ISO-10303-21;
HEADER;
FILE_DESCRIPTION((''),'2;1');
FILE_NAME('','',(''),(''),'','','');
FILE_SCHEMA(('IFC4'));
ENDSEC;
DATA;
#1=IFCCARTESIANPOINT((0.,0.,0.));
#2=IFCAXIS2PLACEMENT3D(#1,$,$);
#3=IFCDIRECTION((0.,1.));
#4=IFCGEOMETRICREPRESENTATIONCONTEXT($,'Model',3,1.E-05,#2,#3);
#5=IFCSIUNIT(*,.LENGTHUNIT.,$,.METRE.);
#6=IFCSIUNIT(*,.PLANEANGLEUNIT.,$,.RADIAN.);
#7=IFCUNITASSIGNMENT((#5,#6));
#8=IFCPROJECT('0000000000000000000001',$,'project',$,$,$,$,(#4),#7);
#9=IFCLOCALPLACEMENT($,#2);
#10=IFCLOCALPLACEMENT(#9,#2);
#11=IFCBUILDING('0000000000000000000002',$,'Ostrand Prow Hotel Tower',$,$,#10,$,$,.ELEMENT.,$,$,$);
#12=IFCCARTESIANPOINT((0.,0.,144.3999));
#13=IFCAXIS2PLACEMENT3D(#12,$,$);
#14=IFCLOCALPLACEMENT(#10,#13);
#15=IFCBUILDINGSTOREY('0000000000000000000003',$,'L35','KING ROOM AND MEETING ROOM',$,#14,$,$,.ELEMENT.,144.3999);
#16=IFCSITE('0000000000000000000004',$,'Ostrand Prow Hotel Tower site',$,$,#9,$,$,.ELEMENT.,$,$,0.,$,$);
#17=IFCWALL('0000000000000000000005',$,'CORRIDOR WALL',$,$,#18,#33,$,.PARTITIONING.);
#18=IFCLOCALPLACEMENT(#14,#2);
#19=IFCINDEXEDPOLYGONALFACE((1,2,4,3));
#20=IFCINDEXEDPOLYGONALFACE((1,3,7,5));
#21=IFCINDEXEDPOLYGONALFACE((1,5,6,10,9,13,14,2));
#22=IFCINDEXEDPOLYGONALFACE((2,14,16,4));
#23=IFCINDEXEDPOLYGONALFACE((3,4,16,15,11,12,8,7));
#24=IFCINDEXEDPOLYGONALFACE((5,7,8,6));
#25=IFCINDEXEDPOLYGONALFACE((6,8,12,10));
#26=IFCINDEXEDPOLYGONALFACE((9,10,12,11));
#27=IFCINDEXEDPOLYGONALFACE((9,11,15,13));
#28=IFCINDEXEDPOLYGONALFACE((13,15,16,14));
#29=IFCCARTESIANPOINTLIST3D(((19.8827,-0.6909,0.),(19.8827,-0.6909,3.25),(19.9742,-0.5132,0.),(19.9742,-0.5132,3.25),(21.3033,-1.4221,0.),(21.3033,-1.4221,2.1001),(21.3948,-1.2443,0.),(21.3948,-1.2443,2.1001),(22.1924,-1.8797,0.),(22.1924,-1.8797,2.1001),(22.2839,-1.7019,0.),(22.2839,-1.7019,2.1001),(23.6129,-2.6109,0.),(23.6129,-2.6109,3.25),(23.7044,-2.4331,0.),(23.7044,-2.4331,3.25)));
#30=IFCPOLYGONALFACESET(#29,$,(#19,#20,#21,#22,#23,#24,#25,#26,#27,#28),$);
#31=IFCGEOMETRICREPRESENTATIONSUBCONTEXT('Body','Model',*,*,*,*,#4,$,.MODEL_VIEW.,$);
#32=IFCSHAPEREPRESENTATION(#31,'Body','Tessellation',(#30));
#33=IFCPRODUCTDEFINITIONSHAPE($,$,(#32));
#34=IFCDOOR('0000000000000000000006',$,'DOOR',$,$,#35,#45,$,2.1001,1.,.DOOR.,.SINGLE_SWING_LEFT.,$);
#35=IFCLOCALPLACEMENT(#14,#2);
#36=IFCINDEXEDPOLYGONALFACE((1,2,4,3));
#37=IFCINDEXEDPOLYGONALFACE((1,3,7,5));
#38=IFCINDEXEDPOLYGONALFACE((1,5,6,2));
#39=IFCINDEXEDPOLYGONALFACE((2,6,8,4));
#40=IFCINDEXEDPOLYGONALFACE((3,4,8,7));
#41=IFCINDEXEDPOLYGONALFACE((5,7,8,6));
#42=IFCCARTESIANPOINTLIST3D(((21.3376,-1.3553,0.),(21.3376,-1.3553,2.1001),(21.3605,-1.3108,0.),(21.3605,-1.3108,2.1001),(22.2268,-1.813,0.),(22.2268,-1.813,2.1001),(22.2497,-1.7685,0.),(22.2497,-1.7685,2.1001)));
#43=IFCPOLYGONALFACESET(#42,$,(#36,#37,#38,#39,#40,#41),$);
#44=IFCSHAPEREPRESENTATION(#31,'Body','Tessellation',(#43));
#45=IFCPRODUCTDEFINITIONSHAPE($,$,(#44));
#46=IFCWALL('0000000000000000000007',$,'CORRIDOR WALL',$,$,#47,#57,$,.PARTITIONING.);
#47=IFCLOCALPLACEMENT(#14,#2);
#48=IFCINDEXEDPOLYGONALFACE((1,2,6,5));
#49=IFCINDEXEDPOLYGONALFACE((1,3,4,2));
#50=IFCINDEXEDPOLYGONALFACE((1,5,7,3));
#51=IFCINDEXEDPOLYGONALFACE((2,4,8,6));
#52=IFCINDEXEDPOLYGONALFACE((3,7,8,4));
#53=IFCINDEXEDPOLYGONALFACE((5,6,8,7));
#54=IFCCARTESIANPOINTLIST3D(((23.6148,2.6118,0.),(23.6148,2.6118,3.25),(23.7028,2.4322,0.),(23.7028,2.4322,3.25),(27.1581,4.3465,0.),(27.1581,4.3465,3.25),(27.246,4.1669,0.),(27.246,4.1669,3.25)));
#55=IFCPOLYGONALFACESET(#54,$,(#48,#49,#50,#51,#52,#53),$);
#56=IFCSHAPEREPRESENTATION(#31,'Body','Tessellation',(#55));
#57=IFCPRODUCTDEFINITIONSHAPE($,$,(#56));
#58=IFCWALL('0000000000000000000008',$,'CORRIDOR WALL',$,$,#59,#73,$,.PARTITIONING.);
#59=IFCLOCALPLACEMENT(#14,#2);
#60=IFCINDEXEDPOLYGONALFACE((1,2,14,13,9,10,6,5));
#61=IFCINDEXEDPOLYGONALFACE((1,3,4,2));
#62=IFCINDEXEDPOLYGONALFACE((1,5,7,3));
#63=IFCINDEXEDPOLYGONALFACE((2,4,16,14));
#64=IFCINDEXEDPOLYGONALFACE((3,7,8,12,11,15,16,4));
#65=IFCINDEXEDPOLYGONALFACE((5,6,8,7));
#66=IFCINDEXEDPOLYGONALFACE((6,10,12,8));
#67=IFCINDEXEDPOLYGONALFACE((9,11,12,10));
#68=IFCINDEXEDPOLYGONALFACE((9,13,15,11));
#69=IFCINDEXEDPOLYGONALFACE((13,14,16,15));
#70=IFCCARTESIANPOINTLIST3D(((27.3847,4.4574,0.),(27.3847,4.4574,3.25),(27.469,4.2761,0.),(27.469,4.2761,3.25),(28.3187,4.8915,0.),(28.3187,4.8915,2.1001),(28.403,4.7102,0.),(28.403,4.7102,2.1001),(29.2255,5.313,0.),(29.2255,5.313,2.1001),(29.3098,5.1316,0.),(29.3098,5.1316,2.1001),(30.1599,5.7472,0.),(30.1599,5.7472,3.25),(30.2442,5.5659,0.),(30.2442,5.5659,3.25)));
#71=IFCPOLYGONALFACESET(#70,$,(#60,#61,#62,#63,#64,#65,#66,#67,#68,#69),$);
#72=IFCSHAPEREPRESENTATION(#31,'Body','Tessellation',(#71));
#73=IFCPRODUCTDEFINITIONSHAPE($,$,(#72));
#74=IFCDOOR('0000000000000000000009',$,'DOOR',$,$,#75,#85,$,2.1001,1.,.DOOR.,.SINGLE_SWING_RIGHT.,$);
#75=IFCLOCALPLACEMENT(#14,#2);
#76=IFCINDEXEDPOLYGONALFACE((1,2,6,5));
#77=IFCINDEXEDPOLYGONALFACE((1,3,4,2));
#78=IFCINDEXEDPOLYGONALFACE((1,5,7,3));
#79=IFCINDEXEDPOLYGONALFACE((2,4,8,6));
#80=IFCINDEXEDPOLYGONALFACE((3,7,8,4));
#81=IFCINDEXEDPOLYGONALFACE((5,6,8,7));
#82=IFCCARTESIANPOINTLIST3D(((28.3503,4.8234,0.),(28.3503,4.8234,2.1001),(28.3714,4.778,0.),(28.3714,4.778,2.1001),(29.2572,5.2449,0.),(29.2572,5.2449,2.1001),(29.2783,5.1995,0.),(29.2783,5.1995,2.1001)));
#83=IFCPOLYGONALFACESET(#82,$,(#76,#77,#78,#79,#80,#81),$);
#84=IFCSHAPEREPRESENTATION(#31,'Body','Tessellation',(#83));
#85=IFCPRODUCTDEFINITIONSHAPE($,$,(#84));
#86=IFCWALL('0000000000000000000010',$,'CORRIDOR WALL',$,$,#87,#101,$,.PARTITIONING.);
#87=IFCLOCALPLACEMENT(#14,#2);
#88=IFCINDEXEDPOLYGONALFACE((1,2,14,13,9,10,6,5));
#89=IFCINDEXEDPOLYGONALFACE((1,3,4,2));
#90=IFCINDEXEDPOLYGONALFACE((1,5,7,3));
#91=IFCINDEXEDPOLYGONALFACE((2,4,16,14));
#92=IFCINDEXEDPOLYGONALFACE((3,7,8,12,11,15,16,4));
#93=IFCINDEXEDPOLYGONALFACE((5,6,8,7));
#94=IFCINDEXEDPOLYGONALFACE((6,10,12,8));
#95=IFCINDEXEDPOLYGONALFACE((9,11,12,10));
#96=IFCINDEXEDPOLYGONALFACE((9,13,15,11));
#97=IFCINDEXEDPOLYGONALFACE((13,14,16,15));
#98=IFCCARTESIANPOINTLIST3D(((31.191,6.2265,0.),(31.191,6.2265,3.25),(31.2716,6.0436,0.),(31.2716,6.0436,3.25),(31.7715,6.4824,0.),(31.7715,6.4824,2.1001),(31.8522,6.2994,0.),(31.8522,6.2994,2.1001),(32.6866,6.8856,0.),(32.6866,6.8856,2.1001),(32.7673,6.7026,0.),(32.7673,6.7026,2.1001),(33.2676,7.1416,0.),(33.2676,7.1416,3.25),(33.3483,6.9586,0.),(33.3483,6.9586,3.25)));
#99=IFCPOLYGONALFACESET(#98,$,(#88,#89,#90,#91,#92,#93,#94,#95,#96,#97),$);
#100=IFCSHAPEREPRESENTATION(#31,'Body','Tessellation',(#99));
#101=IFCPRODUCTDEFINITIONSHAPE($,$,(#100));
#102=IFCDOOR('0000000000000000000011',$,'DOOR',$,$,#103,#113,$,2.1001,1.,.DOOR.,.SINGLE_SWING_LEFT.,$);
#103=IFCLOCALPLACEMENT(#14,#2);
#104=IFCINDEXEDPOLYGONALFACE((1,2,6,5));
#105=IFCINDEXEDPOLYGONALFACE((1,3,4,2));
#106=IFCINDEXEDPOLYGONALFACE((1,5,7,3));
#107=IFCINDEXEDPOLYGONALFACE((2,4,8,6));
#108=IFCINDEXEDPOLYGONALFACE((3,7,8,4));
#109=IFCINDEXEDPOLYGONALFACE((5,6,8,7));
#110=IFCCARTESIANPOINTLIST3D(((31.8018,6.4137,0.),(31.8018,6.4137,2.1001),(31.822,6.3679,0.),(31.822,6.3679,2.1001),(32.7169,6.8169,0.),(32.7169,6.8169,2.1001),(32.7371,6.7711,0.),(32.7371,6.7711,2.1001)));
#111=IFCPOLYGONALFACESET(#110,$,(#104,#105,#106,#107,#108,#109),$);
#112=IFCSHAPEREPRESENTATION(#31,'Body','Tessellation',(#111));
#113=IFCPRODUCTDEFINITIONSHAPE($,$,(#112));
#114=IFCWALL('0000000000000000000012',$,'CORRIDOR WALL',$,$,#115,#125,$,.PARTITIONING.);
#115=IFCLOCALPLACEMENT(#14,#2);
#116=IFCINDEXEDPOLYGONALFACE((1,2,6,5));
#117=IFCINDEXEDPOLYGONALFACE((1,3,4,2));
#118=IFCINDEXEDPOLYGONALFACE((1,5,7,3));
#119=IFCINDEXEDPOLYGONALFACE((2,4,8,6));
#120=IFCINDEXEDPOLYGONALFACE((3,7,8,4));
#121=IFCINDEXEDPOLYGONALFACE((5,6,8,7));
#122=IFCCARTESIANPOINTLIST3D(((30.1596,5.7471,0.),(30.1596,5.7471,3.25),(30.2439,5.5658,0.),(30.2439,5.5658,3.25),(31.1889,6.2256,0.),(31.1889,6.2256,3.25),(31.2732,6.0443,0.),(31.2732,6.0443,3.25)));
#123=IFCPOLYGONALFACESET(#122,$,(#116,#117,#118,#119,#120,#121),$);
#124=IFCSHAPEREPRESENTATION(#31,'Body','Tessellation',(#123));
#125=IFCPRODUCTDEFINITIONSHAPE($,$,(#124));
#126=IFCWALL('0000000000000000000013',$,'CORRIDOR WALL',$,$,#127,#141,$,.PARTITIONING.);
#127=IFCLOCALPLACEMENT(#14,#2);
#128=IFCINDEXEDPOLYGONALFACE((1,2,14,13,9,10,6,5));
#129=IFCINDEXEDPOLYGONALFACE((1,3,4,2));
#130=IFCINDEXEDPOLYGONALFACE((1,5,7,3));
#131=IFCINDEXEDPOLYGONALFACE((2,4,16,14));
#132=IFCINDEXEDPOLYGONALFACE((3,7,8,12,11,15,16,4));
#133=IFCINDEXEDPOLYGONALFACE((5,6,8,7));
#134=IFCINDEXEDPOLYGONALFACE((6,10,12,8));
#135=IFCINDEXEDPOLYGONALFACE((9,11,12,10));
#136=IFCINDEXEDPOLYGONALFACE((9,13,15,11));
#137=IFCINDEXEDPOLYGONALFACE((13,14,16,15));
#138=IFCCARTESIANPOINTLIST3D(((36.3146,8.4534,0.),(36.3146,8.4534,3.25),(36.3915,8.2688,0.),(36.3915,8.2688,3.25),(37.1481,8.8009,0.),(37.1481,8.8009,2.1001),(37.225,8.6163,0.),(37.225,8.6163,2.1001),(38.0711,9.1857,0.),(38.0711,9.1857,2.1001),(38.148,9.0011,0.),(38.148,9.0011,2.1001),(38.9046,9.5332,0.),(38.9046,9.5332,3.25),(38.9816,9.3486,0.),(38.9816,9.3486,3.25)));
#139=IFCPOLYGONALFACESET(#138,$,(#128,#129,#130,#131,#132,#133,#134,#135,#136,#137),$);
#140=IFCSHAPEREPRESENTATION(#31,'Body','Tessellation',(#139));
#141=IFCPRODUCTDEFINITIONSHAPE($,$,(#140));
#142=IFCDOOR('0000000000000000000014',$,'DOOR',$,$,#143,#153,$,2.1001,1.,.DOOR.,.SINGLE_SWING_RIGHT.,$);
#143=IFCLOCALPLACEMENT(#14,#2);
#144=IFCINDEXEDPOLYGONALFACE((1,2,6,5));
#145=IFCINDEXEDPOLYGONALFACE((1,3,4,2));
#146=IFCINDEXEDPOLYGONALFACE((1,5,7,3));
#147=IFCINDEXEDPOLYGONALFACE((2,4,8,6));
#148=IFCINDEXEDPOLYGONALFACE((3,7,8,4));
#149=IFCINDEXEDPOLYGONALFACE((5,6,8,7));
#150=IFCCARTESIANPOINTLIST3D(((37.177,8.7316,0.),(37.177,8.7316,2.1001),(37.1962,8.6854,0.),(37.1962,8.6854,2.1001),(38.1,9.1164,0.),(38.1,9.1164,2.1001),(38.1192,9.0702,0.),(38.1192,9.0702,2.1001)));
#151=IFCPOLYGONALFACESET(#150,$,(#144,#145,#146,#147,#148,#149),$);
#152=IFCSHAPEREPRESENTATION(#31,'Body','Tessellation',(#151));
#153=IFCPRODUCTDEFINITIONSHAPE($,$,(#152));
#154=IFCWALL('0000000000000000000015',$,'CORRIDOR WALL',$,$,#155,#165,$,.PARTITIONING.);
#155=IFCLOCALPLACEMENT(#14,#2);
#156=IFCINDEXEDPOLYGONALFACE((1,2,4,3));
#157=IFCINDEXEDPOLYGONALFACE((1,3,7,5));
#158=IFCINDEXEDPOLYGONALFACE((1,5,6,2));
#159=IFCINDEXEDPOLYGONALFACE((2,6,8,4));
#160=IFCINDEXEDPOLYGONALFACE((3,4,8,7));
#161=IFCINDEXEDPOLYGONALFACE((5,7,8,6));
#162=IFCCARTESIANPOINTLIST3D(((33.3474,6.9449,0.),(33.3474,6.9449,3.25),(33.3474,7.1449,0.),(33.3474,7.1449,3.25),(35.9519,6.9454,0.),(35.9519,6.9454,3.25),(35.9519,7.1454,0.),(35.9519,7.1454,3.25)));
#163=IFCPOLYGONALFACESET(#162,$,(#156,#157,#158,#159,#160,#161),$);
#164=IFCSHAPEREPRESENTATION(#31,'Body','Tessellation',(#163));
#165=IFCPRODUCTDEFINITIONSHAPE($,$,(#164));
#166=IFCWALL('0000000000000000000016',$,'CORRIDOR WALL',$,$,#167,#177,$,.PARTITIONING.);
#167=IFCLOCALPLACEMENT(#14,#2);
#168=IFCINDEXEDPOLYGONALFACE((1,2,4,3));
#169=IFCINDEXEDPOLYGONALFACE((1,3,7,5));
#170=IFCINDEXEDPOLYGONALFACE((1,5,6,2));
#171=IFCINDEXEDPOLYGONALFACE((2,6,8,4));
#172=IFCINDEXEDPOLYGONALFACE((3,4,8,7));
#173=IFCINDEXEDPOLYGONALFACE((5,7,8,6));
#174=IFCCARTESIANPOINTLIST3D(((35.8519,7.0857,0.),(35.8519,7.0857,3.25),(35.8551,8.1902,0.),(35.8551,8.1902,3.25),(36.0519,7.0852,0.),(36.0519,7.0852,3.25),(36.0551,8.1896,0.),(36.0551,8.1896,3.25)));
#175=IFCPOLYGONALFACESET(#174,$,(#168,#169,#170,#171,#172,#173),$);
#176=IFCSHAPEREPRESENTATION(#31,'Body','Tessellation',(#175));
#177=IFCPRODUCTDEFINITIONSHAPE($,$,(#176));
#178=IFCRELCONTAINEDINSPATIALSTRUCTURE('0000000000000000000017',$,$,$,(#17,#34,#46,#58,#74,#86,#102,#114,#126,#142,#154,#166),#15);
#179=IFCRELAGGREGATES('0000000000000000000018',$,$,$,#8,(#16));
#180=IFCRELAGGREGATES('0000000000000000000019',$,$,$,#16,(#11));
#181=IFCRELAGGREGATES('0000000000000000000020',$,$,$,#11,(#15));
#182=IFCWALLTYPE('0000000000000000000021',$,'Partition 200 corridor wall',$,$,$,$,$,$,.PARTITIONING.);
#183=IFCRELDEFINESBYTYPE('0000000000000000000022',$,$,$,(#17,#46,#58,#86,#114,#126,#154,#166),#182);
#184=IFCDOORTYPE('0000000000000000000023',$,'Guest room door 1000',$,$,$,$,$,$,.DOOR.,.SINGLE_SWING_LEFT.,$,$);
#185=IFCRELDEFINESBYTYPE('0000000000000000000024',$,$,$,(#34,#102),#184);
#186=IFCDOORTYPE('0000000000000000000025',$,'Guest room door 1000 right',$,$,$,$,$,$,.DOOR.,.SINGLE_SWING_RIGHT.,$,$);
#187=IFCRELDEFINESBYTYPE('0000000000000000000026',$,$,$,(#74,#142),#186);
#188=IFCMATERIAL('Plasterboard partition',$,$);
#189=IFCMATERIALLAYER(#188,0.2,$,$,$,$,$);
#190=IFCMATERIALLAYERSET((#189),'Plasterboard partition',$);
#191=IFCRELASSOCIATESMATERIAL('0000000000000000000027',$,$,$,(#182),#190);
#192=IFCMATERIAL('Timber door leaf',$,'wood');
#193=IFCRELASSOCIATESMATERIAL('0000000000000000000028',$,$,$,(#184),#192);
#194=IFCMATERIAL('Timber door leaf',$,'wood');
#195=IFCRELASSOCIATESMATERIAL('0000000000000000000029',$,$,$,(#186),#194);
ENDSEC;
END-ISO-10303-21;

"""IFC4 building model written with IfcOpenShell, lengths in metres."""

from ifc_helpers import new_model, si_unit, direction, frame, frame_2d, origin, place, context, subcontext, project, spatial, rectangle, extrude, material, layer, layer_set, type_object, element, fill, save


model = new_model("IFC4")

# Units and contexts
model_context = context("Model", 3, precision=1e-05, world=origin(), true_north=direction((0.0, 1.0)))
body_context = subcontext(model_context, "Body", "Model", "MODEL_VIEW")
ifc_project = project(units=[si_unit("LENGTHUNIT", "METRE"), si_unit("PLANEANGLEUNIT", "RADIAN")], contexts=[model_context])

# Site, building, storey
site_placement = place(None, origin())
site = spatial("IfcSite", under=ifc_project, at=site_placement, Name="Ostrand Prow Hotel Tower site", CompositionType="ELEMENT", RefElevation=0.0)
building_placement = place(site_placement, origin())
building = spatial("IfcBuilding", under=site, at=building_placement, Name="Ostrand Prow Hotel Tower", CompositionType="ELEMENT")
storey_placement = place(building_placement, frame((0.0, 0.0, 144.3999)))
storey = spatial("IfcBuildingStorey", under=building, at=storey_placement, Name="L35", Description="KING ROOM AND MEETING ROOM", CompositionType="ELEMENT", Elevation=144.3999)

# Wall, opening, door
ifc_material_1 = material(Name="Plasterboard partition")
ifc_layer_1 = layer(ifc_material_1, 0.2)
ifc_layer_set_1 = layer_set([ifc_layer_1], Name="Plasterboard partition")
wall_type_1 = type_object("IfcWallType", Name="Partition 200 corridor wall", PredefinedType="PARTITIONING", material=ifc_layer_set_1)
ifc_material_2 = material(Name="Timber door leaf", Category="wood")
door_type_1 = type_object("IfcDoorType", Name="Guest room door 1000", OperationType="SINGLE_SWING_LEFT", PredefinedType="DOOR", material=ifc_material_2)
wall_1_placement = place(storey_placement, frame((23.6587, -2.522, 0.0), z_axis=(0.0, 0.0, 1.0), x_axis=(-0.88914, 0.457635, 0.0)))
wall_1 = element("IfcWall", 1, at=wall_1_placement, inside=storey, type_object=wall_type_1, Name="CORRIDOR WALL", PredefinedType="PARTITIONING", context=body_context, shape_type="SweptSolid", body=[
    extrude(rectangle(XDim=4.1953, YDim=0.2, at=frame_2d((2.0977, 0.0))), origin(), (0.0, 0.0, 1.0), 3.25),
])
opening_1_placement = place(wall_1_placement, frame((1.5977, 0.0, 0.0)))
opening_1 = element("IfcOpeningElement", 2, at=opening_1_placement, cuts=wall_1, PredefinedType="OPENING", context=body_context, shape_type="SweptSolid", body=[
    extrude(rectangle(XDim=1.0, YDim=2.1001, at=frame_2d((0.5, 1.05))), frame((0.0, 0.1099, 0.0), z_axis=(0.0, -1.0, 0.0), x_axis=(1.0, 0.0, 0.0)), (0.0, 0.0, 1.0), 0.22),
])
door_1_placement = place(opening_1_placement, origin())
door_1 = element("IfcDoor", 3, at=door_1_placement, inside=storey, type_object=door_type_1, Name="DOOR", OperationType="SINGLE_SWING_LEFT", OverallHeight=2.1001, OverallWidth=1.0, PredefinedType="DOOR", context=body_context, shape_type="SweptSolid", body=[
    extrude(rectangle(XDim=1.0, YDim=2.1001, at=frame_2d((0.5, 1.05))), frame((0.0, 0.0249, 0.0), z_axis=(0.0, -1.0, 0.0), x_axis=(1.0, 0.0, 0.0)), (0.0, 0.0, 1.0), 0.05),
])
fill(opening_1, door_1)

# Wall
wall_2_placement = place(storey_placement, frame((23.6587, 2.522, 0.0), z_axis=(0.0, 0.0, 1.0), x_axis=(0.898146, 0.439697, 0.0)))
element("IfcWall", 4, at=wall_2_placement, inside=storey, type_object=wall_type_1, Name="CORRIDOR WALL", PredefinedType="PARTITIONING", context=body_context, shape_type="SweptSolid", body=[
    extrude(rectangle(XDim=3.9451, YDim=0.2, at=frame_2d((1.9727, 0.0))), origin(), (0.0, 0.0, 1.0), 3.25),
])

# Walls, openings, doors
wall_3_placement = place(storey_placement, frame((27.4268, 4.3667, 0.0), z_axis=(0.0, 0.0, 1.0), x_axis=(0.906842, 0.42147, 0.0)))
wall_3 = element("IfcWall", 5, at=wall_3_placement, inside=storey, type_object=wall_type_1, Name="CORRIDOR WALL", PredefinedType="PARTITIONING", context=body_context, shape_type="SweptSolid", body=[
    extrude(rectangle(XDim=3.0603, YDim=0.2, at=frame_2d((1.5303, 0.0))), origin(), (0.0, 0.0, 1.0), 3.25),
])
opening_2_placement = place(wall_3_placement, frame((1.03, 0.0, 0.0)))
opening_2 = element("IfcOpeningElement", 6, at=opening_2_placement, cuts=wall_3, PredefinedType="OPENING", context=body_context, shape_type="SweptSolid", body=[
    extrude(rectangle(XDim=1.0, YDim=2.1001, at=frame_2d((0.5, 1.05))), frame((0.0, 0.1099, 0.0), z_axis=(0.0, -1.0, 0.0), x_axis=(1.0, 0.0, 0.0)), (0.0, 0.0, 1.0), 0.22),
])
ifc_material_3 = material(Name="Timber door leaf", Category="wood")
door_type_2 = type_object("IfcDoorType", Name="Guest room door 1000 right", OperationType="SINGLE_SWING_RIGHT", PredefinedType="DOOR", material=ifc_material_3)
door_2_placement = place(opening_2_placement, origin())
door_2 = element("IfcDoor", 7, at=door_2_placement, inside=storey, type_object=door_type_2, Name="DOOR", OperationType="SINGLE_SWING_RIGHT", OverallHeight=2.1001, OverallWidth=1.0, PredefinedType="DOOR", context=body_context, shape_type="SweptSolid", body=[
    extrude(rectangle(XDim=1.0, YDim=2.1001, at=frame_2d((0.5, 1.05))), frame((0.0, 0.0249, 0.0), z_axis=(0.0, -1.0, 0.0), x_axis=(1.0, 0.0, 0.0)), (0.0, 0.0, 1.0), 0.05),
])
fill(opening_2, door_2)
wall_4_placement = place(storey_placement, frame((31.2312, 6.135, 0.0), z_axis=(0.0, 0.0, 1.0), x_axis=(0.915102, 0.403222, 0.0)))
wall_4 = element("IfcWall", 8, at=wall_4_placement, inside=storey, type_object=wall_type_1, Name="CORRIDOR WALL", PredefinedType="PARTITIONING", context=body_context, shape_type="SweptSolid", body=[
    extrude(rectangle(XDim=2.2693, YDim=0.2, at=frame_2d((1.1348, 0.0))), origin(), (0.0, 0.0, 1.0), 3.25),
])
opening_3_placement = place(wall_4_placement, frame((0.6345, 0.0, 0.0)))
opening_3 = element("IfcOpeningElement", 9, at=opening_3_placement, cuts=wall_4, PredefinedType="OPENING", context=body_context, shape_type="SweptSolid", body=[
    extrude(rectangle(XDim=1.0, YDim=2.1001, at=frame_2d((0.5, 1.05))), frame((0.0, 0.1099, 0.0), z_axis=(0.0, -1.0, 0.0), x_axis=(1.0, 0.0, 0.0)), (0.0, 0.0, 1.0), 0.22),
])
door_3_placement = place(opening_3_placement, origin())
door_3 = element("IfcDoor", 10, at=door_3_placement, inside=storey, type_object=door_type_1, Name="DOOR", OperationType="SINGLE_SWING_LEFT", OverallHeight=2.1001, OverallWidth=1.0, PredefinedType="DOOR", context=body_context, shape_type="SweptSolid", body=[
    extrude(rectangle(XDim=1.0, YDim=2.1001, at=frame_2d((0.5, 1.05))), frame((0.0, 0.0249, 0.0), z_axis=(0.0, -1.0, 0.0), x_axis=(1.0, 0.0, 0.0)), (0.0, 0.0, 1.0), 0.05),
])
fill(opening_3, door_3)

# Wall
wall_5_placement = place(storey_placement, frame((30.2019, 5.6565, 0.0), z_axis=(0.0, 0.0, 1.0), x_axis=(0.906798, 0.421566, 0.0)))
element("IfcWall", 11, at=wall_5_placement, inside=storey, type_object=wall_type_1, Name="CORRIDOR WALL", PredefinedType="PARTITIONING", context=body_context, shape_type="SweptSolid", body=[
    extrude(rectangle(XDim=1.135, YDim=0.2, at=frame_2d((0.5674, 0.0))), origin(), (0.0, 0.0, 1.0), 3.25),
])

# Wall, opening, door
wall_6_placement = place(storey_placement, frame((36.353, 8.3611, 0.0), z_axis=(0.0, 0.0, 1.0), x_axis=(0.922997, 0.384807, 0.0)))
wall_6 = element("IfcWall", 12, at=wall_6_placement, inside=storey, type_object=wall_type_1, Name="CORRIDOR WALL", PredefinedType="PARTITIONING", context=body_context, shape_type="SweptSolid", body=[
    extrude(rectangle(XDim=2.8062, YDim=0.2, at=frame_2d((1.4031, 0.0))), origin(), (0.0, 0.0, 1.0), 3.25),
])
opening_4_placement = place(wall_6_placement, frame((0.9031, 0.0, 0.0)))
opening_4 = element("IfcOpeningElement", 13, at=opening_4_placement, cuts=wall_6, PredefinedType="OPENING", context=body_context, shape_type="SweptSolid", body=[
    extrude(rectangle(XDim=1.0, YDim=2.1001, at=frame_2d((0.5, 1.05))), frame((0.0, 0.1099, 0.0), z_axis=(0.0, -1.0, 0.0), x_axis=(1.0, 0.0, 0.0)), (0.0, 0.0, 1.0), 0.22),
])
door_4_placement = place(opening_4_placement, origin())
door_4 = element("IfcDoor", 14, at=door_4_placement, inside=storey, type_object=door_type_2, Name="DOOR", OperationType="SINGLE_SWING_RIGHT", OverallHeight=2.1001, OverallWidth=1.0, PredefinedType="DOOR", context=body_context, shape_type="SweptSolid", body=[
    extrude(rectangle(XDim=1.0, YDim=2.1001, at=frame_2d((0.5, 1.05))), frame((0.0, 0.0249, 0.0), z_axis=(0.0, -1.0, 0.0), x_axis=(1.0, 0.0, 0.0)), (0.0, 0.0, 1.0), 0.05),
])
fill(opening_4, door_4)

# Walls
wall_7_placement = place(storey_placement, frame((33.3474, 7.0449, 0.0), z_axis=(0.0, 0.0, 1.0), x_axis=(1.0, 0.000187, 0.0)))
element("IfcWall", 15, at=wall_7_placement, inside=storey, type_object=wall_type_1, Name="CORRIDOR WALL", PredefinedType="PARTITIONING", context=body_context, shape_type="SweptSolid", body=[
    extrude(rectangle(XDim=2.6045, YDim=0.2, at=frame_2d((1.3022, 0.0))), origin(), (0.0, 0.0, 1.0), 3.25),
])
wall_8_placement = place(storey_placement, frame((35.9519, 7.0854, 0.0), z_axis=(0.0, 0.0, 1.0), x_axis=(0.002874, 0.999996, 0.0)))
element("IfcWall", 16, at=wall_8_placement, inside=storey, type_object=wall_type_1, Name="CORRIDOR WALL", PredefinedType="PARTITIONING", context=body_context, shape_type="SweptSolid", body=[
    extrude(rectangle(XDim=1.1045, YDim=0.2, at=frame_2d((0.5522, 0.0))), origin(), (0.0, 0.0, 1.0), 3.25),
])

save(model, "model.ifc")
